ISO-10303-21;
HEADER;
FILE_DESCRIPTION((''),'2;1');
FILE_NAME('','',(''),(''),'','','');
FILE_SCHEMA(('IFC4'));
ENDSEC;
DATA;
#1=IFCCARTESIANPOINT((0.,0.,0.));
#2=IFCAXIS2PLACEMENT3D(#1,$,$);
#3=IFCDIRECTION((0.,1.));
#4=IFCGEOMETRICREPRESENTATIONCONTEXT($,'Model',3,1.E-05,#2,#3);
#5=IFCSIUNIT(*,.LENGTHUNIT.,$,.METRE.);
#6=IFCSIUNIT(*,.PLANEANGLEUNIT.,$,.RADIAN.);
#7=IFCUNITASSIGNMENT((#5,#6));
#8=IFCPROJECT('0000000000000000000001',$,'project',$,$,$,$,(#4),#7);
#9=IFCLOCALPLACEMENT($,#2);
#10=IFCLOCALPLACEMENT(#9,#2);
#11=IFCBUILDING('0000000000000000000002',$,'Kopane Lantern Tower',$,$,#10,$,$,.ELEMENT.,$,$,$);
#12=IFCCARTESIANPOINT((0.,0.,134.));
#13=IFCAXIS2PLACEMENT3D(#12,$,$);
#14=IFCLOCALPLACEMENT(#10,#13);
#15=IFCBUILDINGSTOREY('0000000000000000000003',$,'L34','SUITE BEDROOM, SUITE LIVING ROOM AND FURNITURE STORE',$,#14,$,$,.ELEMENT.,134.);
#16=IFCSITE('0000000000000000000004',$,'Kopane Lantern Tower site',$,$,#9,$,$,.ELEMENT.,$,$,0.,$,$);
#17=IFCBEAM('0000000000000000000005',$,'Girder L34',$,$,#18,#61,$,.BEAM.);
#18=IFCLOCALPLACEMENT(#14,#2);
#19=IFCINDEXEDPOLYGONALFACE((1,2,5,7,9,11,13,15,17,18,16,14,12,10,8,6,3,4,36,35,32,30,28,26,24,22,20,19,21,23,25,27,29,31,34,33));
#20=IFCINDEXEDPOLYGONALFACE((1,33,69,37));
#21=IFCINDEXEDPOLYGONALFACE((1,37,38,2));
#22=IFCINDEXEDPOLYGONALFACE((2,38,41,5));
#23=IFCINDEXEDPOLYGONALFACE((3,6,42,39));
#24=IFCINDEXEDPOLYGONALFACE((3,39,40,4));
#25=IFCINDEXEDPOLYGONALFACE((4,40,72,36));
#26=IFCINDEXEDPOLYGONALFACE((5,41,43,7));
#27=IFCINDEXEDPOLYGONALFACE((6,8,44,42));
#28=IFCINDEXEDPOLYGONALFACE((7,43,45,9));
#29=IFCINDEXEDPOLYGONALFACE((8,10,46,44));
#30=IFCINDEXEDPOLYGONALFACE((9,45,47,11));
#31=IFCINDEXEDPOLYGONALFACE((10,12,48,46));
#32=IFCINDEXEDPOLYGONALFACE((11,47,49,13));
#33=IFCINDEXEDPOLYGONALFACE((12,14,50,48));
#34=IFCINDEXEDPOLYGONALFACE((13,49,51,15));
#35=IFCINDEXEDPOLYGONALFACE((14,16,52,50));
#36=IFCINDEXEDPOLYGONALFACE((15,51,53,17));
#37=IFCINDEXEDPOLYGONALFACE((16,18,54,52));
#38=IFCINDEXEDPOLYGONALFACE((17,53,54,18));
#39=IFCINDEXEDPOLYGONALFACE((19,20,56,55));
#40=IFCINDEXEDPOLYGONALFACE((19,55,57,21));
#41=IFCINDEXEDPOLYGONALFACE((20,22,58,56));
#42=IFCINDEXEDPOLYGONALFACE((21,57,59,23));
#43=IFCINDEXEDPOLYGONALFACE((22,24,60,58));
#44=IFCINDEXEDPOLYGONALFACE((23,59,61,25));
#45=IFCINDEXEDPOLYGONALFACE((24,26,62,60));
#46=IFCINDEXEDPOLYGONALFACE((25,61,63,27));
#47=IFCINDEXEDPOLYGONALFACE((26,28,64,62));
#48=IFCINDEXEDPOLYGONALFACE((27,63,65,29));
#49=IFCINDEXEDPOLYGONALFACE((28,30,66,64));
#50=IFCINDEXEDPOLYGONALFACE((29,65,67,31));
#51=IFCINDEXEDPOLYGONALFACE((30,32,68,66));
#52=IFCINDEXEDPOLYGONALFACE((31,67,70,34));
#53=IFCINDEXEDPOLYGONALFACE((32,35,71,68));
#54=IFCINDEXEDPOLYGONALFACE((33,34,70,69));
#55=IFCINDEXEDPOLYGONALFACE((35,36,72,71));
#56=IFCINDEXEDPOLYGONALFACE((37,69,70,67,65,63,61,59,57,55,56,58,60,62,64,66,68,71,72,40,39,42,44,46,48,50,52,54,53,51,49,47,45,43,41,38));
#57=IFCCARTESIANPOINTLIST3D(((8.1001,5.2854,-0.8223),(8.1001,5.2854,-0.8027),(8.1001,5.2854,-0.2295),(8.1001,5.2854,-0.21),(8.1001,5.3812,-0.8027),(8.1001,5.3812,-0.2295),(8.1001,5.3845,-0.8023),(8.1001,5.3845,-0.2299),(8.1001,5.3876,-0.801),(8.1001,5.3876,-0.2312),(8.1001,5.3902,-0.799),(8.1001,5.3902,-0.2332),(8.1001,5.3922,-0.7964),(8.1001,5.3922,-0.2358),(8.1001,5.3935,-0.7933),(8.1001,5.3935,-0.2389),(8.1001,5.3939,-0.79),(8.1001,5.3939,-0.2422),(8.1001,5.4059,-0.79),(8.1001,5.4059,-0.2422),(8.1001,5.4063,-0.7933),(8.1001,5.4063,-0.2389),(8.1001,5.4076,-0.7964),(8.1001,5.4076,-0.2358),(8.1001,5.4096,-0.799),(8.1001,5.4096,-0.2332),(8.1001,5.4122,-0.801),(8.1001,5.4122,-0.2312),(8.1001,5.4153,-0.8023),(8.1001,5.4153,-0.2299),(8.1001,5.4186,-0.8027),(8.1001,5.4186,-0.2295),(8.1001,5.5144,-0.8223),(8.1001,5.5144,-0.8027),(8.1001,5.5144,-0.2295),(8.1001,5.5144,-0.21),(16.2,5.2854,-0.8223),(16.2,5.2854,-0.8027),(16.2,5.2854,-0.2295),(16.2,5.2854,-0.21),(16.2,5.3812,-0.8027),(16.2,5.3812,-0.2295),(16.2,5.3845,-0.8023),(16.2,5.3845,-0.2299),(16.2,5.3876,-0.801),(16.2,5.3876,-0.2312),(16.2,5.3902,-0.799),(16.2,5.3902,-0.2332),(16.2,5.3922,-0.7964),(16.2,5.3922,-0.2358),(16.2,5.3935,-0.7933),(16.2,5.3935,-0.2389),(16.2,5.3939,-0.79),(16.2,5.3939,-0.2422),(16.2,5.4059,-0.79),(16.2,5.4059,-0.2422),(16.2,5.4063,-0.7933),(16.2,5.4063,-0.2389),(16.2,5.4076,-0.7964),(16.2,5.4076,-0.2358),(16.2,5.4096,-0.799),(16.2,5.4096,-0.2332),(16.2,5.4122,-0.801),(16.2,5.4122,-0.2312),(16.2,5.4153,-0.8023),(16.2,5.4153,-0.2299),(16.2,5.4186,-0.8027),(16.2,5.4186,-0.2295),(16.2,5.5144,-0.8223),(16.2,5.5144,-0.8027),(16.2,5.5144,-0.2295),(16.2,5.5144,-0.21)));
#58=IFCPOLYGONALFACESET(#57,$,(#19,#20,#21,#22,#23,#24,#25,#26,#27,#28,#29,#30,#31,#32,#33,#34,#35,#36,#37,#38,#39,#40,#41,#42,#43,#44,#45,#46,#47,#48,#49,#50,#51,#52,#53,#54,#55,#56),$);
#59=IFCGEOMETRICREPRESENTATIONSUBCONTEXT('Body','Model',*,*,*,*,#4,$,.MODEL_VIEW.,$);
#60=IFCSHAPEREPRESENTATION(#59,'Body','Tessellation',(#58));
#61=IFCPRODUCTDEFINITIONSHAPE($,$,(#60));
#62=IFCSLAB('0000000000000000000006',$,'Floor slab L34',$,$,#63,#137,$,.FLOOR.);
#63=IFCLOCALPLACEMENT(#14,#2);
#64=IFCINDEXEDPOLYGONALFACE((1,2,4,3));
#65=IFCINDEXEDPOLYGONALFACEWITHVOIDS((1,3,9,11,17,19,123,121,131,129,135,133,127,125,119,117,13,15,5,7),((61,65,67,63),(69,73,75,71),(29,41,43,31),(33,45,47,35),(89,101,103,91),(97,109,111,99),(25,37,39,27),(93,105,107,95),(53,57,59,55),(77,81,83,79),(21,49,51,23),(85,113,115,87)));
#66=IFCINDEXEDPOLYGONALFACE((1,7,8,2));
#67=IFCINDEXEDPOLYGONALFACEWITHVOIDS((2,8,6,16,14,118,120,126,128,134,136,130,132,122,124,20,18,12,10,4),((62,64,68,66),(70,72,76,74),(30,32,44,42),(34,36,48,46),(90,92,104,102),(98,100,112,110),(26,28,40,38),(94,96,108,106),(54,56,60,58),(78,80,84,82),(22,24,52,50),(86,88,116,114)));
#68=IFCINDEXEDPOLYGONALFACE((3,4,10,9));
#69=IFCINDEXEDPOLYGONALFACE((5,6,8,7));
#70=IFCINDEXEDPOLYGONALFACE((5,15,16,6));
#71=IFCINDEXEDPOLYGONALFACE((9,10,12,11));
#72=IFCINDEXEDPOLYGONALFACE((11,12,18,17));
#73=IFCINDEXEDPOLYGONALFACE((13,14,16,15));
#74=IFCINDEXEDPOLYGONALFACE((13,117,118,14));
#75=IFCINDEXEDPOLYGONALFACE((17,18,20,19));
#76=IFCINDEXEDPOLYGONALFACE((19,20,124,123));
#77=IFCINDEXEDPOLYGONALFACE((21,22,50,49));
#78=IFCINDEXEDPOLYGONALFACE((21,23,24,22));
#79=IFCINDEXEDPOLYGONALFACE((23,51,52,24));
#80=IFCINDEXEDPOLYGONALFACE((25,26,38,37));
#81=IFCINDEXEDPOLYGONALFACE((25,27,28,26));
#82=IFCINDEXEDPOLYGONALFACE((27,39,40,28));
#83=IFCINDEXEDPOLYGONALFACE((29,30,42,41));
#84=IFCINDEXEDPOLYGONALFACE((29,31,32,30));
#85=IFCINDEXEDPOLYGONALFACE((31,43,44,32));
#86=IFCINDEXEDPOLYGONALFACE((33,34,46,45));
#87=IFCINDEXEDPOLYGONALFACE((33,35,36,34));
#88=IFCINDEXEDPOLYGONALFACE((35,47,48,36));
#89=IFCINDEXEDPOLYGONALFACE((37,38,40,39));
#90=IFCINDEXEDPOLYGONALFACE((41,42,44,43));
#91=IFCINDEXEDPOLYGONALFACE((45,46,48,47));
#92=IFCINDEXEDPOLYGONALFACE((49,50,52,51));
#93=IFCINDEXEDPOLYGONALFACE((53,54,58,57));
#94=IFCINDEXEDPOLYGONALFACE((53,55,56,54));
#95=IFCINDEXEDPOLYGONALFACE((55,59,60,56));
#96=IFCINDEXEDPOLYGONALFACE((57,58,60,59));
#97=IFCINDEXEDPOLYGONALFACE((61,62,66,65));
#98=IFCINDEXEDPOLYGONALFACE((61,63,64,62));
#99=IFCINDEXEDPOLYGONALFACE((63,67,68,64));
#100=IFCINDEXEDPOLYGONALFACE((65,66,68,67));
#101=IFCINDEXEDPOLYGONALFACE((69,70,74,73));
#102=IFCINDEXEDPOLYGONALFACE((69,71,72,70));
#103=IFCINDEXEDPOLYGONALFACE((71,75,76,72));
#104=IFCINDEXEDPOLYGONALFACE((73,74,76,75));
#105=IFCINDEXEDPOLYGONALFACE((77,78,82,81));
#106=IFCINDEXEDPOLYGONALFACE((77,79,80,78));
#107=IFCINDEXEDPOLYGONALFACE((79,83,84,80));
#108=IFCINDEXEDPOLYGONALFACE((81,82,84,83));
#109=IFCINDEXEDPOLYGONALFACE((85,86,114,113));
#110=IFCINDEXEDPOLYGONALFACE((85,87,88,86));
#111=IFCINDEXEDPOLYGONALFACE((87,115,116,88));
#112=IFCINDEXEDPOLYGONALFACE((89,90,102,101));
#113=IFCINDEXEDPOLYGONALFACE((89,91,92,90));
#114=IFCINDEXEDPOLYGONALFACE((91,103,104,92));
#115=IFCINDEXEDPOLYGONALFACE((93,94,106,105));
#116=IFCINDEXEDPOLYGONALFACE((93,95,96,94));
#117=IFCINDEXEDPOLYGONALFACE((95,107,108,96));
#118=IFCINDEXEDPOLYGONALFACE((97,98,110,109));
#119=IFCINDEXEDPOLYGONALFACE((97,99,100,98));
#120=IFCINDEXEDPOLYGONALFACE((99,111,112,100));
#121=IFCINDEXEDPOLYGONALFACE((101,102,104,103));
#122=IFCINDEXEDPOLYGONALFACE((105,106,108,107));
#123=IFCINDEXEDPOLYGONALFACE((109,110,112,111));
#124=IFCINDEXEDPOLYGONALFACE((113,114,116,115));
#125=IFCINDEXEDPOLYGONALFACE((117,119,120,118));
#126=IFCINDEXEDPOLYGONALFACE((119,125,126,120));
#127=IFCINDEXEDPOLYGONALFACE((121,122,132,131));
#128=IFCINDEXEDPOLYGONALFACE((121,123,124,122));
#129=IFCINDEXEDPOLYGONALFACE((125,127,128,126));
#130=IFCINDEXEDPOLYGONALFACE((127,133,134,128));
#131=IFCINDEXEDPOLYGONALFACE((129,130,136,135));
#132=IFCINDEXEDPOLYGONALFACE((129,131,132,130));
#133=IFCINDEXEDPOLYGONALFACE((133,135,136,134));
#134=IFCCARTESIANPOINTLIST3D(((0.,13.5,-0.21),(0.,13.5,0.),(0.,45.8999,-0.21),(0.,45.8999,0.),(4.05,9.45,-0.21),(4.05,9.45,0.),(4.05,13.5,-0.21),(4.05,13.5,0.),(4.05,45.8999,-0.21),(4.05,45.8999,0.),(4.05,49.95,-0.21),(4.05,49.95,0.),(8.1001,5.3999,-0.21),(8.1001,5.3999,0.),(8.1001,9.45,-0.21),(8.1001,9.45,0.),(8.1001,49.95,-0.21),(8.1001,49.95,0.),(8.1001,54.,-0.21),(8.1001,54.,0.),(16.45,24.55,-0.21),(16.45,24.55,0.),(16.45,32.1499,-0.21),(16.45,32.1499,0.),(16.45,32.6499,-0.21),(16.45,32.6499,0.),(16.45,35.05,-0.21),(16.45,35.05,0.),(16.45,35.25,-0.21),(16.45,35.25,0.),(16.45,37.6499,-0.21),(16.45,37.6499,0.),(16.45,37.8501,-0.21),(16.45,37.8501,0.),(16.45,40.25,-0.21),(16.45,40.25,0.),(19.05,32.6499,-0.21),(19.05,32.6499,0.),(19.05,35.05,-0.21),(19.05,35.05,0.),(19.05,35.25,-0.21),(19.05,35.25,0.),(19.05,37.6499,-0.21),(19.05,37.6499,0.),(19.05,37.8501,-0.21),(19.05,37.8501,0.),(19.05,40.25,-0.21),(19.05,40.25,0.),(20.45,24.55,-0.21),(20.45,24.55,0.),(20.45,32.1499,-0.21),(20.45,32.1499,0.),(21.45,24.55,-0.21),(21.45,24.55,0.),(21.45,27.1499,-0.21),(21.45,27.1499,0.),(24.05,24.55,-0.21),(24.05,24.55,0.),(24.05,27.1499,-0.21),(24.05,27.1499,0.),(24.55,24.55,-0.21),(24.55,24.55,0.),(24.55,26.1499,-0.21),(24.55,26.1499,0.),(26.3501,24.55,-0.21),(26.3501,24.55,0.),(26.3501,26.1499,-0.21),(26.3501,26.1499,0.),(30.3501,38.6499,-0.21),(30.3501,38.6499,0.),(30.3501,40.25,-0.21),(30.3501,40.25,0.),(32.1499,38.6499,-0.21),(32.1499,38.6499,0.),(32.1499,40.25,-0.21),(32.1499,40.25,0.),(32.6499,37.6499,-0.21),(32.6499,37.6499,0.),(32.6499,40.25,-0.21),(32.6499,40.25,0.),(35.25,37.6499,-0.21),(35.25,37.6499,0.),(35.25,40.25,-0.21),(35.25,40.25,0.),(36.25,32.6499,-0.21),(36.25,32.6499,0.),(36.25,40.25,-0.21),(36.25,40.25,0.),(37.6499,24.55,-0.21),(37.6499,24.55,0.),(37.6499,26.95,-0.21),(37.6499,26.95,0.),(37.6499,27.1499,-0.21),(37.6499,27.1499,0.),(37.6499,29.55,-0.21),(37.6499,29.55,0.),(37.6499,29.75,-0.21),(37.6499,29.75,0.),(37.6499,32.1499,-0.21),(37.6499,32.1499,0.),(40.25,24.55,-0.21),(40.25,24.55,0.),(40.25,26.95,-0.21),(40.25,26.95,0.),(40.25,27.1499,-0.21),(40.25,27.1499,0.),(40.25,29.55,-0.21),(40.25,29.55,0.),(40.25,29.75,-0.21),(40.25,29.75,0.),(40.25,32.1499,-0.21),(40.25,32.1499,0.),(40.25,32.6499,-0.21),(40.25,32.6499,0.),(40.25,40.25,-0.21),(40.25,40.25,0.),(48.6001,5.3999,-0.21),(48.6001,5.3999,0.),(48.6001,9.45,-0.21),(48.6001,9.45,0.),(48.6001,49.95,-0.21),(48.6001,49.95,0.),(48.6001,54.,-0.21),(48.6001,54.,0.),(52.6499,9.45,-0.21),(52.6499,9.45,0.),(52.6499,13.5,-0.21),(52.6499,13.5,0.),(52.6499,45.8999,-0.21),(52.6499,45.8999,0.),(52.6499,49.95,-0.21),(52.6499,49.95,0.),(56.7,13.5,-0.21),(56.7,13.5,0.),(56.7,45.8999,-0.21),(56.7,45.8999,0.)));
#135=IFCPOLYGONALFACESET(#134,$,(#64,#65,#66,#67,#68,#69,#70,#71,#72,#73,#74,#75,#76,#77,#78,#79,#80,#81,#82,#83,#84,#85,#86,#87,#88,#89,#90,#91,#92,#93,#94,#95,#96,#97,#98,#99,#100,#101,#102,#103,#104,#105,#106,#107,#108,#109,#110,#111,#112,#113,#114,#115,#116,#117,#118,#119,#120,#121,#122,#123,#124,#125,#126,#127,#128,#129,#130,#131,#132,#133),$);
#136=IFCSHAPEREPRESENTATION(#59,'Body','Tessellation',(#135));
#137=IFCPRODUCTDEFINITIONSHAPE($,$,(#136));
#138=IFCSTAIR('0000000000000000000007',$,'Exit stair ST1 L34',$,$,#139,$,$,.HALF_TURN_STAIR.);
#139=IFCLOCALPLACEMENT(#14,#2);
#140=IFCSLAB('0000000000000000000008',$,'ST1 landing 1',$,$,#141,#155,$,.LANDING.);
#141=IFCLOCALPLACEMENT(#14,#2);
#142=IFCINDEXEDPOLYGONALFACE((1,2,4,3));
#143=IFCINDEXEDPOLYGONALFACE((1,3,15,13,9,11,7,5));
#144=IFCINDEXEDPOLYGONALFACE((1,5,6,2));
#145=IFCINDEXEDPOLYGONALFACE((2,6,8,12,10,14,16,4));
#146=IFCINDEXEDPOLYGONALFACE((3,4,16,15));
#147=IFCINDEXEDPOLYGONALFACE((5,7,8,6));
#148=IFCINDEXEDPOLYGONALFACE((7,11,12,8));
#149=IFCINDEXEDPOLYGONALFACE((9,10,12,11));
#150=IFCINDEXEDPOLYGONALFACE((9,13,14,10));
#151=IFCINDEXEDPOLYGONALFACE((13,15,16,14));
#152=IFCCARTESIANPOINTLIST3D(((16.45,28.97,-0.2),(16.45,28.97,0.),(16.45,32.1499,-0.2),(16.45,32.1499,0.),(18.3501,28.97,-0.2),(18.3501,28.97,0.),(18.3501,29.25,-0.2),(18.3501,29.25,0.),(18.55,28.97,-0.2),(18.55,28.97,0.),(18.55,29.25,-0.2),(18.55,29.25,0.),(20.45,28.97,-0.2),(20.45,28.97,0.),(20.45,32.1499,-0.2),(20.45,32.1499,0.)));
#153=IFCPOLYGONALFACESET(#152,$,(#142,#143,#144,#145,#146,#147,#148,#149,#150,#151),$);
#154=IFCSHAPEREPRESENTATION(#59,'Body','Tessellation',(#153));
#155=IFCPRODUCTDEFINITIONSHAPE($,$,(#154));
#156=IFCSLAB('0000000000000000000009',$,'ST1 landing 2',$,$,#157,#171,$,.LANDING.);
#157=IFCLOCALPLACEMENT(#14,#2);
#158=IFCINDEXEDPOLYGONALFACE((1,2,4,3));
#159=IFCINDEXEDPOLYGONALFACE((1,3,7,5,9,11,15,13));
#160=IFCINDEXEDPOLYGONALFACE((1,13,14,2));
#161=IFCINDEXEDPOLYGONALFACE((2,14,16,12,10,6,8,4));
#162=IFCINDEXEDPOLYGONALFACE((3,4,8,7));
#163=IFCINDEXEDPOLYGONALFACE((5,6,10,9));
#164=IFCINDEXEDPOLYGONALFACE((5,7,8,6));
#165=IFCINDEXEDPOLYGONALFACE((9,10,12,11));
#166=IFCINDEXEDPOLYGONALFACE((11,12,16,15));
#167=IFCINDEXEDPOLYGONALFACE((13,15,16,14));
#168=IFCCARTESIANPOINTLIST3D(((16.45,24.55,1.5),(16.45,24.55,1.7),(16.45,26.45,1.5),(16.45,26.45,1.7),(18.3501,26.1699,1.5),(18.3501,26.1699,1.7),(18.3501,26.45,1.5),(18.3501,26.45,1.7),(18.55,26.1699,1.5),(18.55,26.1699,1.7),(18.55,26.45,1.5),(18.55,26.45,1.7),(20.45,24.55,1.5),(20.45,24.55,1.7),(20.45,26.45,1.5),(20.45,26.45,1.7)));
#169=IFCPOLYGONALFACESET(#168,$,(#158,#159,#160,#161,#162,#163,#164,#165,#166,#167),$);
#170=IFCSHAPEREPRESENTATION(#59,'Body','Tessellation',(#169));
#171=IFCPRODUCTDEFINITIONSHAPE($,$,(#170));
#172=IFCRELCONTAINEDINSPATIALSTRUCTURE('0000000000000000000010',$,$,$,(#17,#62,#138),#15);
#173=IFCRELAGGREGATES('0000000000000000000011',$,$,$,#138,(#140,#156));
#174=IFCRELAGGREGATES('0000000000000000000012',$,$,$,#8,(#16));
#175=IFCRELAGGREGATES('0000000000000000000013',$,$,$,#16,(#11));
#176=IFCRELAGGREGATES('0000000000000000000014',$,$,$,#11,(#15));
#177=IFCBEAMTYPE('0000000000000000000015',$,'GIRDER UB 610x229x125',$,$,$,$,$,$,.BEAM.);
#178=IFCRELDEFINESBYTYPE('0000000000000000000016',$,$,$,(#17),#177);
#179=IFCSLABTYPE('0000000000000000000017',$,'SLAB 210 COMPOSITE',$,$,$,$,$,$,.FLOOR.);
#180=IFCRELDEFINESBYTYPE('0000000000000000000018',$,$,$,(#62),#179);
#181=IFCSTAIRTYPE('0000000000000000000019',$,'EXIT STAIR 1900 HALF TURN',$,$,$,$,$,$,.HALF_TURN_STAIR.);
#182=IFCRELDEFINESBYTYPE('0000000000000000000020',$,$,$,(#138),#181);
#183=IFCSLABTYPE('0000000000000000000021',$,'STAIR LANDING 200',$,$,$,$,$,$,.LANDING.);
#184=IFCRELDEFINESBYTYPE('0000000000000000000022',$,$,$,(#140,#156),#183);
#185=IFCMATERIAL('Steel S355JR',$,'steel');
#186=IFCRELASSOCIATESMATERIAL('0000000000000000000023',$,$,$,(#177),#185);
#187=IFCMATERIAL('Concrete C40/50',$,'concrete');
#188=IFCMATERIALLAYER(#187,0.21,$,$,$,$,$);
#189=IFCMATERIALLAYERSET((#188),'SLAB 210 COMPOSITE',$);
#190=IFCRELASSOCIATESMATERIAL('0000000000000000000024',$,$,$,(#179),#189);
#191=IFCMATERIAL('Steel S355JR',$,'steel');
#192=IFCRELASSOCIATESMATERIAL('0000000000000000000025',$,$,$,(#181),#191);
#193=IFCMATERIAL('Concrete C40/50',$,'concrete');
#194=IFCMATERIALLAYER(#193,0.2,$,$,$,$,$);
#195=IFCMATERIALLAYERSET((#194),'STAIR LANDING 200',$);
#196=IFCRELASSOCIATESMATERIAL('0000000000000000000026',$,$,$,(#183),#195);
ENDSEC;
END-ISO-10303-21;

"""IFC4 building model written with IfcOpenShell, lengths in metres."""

from ifc_helpers import new_model, si_unit, direction, frame, origin, origin_2d, place, context, subcontext, project, spatial, polyline, i_section, outline, extrude, material, layer, layer_set, material_profile, profile_set, type_object, element, aggregate, save


model = new_model("IFC4")

# Units and contexts
model_context = context("Model", 3, precision=1e-05, world=origin(), true_north=direction((0.0, 1.0)))
body_context = subcontext(model_context, "Body", "Model", "MODEL_VIEW")
ifc_project = project(units=[si_unit("LENGTHUNIT", "METRE"), si_unit("PLANEANGLEUNIT", "RADIAN")], contexts=[model_context])

# Site, building, storey
site_placement = place(None, origin())
site = spatial("IfcSite", under=ifc_project, at=site_placement, Name="Kopane Lantern Tower site", CompositionType="ELEMENT", RefElevation=0.0)
building_placement = place(site_placement, origin())
building = spatial("IfcBuilding", under=site, at=building_placement, Name="Kopane Lantern Tower", CompositionType="ELEMENT")
storey_placement = place(building_placement, frame((0.0, 0.0, 134.0)))
storey = spatial("IfcBuildingStorey", under=building, at=storey_placement, Name="L34", Description="SUITE BEDROOM, SUITE LIVING ROOM AND FURNITURE STORE", CompositionType="ELEMENT", Elevation=134.0)

# Beam
ifc_material_1 = material(Name="Steel S355JR", Category="steel")
ifc_material_profile_1 = material_profile(ifc_material_1, i_section(OverallWidth=0.229, OverallDepth=0.6123, WebThickness=0.012, FlangeThickness=0.0195, FilletRadius=0.0127, at=origin_2d()), Name="UB 610x229x125")
ifc_profile_set_1 = profile_set([ifc_material_profile_1], Name="Steel S355JR")
beam_type_1 = type_object("IfcBeamType", Name="GIRDER UB 610x229x125", PredefinedType="BEAM", material=ifc_profile_set_1)
beam_1_placement = place(storey_placement, frame((8.1001, 5.3999, -0.5161), z_axis=(1.0, 0.0, 0.0), x_axis=(0.0, 1.0, 0.0)))
element("IfcBeam", 1, at=beam_1_placement, inside=storey, type_object=beam_type_1, Name="Girder L34", PredefinedType="BEAM", context=body_context, shape_type="SweptSolid", body=[
    extrude(i_section(OverallWidth=0.229, OverallDepth=0.6123, WebThickness=0.012, FlangeThickness=0.0195, FilletRadius=0.0127, at=origin_2d()), origin(), (0.0, 0.0, 1.0), 8.0999),
])

# Slab
ifc_material_2 = material(Name="Concrete C40/50", Category="concrete")
ifc_layer_1 = layer(ifc_material_2, 0.21)
ifc_layer_set_1 = layer_set([ifc_layer_1], Name="SLAB 210 COMPOSITE")
slab_type_1 = type_object("IfcSlabType", Name="SLAB 210 COMPOSITE", PredefinedType="FLOOR", material=ifc_layer_set_1)
slab_1_placement = place(storey_placement, frame((0.0, 0.0, -0.21)))
element("IfcSlab", 2, at=slab_1_placement, inside=storey, type_object=slab_type_1, Name="Floor slab L34", PredefinedType="FLOOR", context=body_context, shape_type="SweptSolid", body=[
    extrude(outline(polyline([(8.1001, 5.3999), (48.6001, 5.3999), (48.6001, 9.45), (52.6499, 9.45), (52.6499, 13.5), (56.7, 13.5), (56.7, 45.8999), (52.6499, 45.8999), (52.6499, 49.95), (48.6001, 49.95), (48.6001, 54.0), (8.1001, 54.0), (8.1001, 49.95), (4.05, 49.95), (4.05, 45.8999), (0.0, 45.8999), (0.0, 13.5), (4.05, 13.5), (4.05, 9.45), (8.1001, 9.45), (8.1001, 5.3999)]), holes=[polyline([(16.45, 24.55), (20.45, 24.55), (20.45, 32.1499), (16.45, 32.1499), (16.45, 24.55)]), polyline([(36.25, 32.6499), (40.25, 32.6499), (40.25, 40.25), (36.25, 40.25), (36.25, 32.6499)]), polyline([(16.45, 32.6499), (19.05, 32.6499), (19.05, 35.05), (16.45, 35.05), (16.45, 32.6499)]), polyline([(16.45, 35.25), (19.05, 35.25), (19.05, 37.6499), (16.45, 37.6499), (16.45, 35.25)]), polyline([(16.45, 37.8501), (19.05, 37.8501), (19.05, 40.25), (16.45, 40.25), (16.45, 37.8501)]), polyline([(37.6499, 24.55), (40.25, 24.55), (40.25, 26.95), (37.6499, 26.95), (37.6499, 24.55)]), polyline([(37.6499, 27.1499), (40.25, 27.1499), (40.25, 29.55), (37.6499, 29.55), (37.6499, 27.1499)]), polyline([(37.6499, 29.75), (40.25, 29.75), (40.25, 32.1499), (37.6499, 32.1499), (37.6499, 29.75)]), polyline([(21.45, 24.55), (24.05, 24.55), (24.05, 27.1499), (21.45, 27.1499), (21.45, 24.55)]), polyline([(32.6499, 37.6499), (35.25, 37.6499), (35.25, 40.25), (32.6499, 40.25), (32.6499, 37.6499)]), polyline([(24.55, 24.55), (26.3501, 24.55), (26.3501, 26.1499), (24.55, 26.1499), (24.55, 24.55)]), polyline([(30.3501, 38.6499), (32.1499, 38.6499), (32.1499, 40.25), (30.3501, 40.25), (30.3501, 38.6499)])]), origin(), (0.0, 0.0, 1.0), 0.21),
])

# Stair, slabs
ifc_material_3 = material(Name="Steel S355JR", Category="steel")
stair_type = type_object("IfcStairType", Name="EXIT STAIR 1900 HALF TURN", PredefinedType="HALF_TURN_STAIR", material=ifc_material_3)
stair_1_placement = place(storey_placement, origin())
stair_1 = element("IfcStair", 3, at=stair_1_placement, inside=storey, type_object=stair_type, Name="Exit stair ST1 L34", PredefinedType="HALF_TURN_STAIR")
ifc_material_4 = material(Name="Concrete C40/50", Category="concrete")
ifc_layer_2 = layer(ifc_material_4, 0.2)
ifc_layer_set_2 = layer_set([ifc_layer_2], Name="STAIR LANDING 200")
slab_type_2 = type_object("IfcSlabType", Name="STAIR LANDING 200", PredefinedType="LANDING", material=ifc_layer_set_2)
slab_2_placement = place(storey_placement, frame((0.0, 0.0, -0.2)))
slab_2 = element("IfcSlab", 4, at=slab_2_placement, type_object=slab_type_2, Name="ST1 landing 1", PredefinedType="LANDING", context=body_context, shape_type="SweptSolid", body=[
    extrude(outline(polyline([(18.3501, 29.25), (18.55, 29.25), (18.55, 28.97), (20.45, 28.97), (20.45, 32.1499), (16.45, 32.1499), (16.45, 28.97), (18.3501, 28.97), (18.3501, 29.25)])), origin(), (0.0, 0.0, 1.0), 0.2),
])
slab_3_placement = place(storey_placement, frame((0.0, 0.0, 1.5)))
slab_3 = element("IfcSlab", 5, at=slab_3_placement, type_object=slab_type_2, Name="ST1 landing 2", PredefinedType="LANDING", context=body_context, shape_type="SweptSolid", body=[
    extrude(outline(polyline([(20.45, 26.45), (18.55, 26.45), (18.55, 26.1699), (18.3501, 26.1699), (18.3501, 26.45), (16.45, 26.45), (16.45, 24.55), (20.45, 24.55), (20.45, 26.45)])), origin(), (0.0, 0.0, 1.0), 0.2),
])
aggregate(stair_1, [slab_2, slab_3])

save(model, "model.ifc")
